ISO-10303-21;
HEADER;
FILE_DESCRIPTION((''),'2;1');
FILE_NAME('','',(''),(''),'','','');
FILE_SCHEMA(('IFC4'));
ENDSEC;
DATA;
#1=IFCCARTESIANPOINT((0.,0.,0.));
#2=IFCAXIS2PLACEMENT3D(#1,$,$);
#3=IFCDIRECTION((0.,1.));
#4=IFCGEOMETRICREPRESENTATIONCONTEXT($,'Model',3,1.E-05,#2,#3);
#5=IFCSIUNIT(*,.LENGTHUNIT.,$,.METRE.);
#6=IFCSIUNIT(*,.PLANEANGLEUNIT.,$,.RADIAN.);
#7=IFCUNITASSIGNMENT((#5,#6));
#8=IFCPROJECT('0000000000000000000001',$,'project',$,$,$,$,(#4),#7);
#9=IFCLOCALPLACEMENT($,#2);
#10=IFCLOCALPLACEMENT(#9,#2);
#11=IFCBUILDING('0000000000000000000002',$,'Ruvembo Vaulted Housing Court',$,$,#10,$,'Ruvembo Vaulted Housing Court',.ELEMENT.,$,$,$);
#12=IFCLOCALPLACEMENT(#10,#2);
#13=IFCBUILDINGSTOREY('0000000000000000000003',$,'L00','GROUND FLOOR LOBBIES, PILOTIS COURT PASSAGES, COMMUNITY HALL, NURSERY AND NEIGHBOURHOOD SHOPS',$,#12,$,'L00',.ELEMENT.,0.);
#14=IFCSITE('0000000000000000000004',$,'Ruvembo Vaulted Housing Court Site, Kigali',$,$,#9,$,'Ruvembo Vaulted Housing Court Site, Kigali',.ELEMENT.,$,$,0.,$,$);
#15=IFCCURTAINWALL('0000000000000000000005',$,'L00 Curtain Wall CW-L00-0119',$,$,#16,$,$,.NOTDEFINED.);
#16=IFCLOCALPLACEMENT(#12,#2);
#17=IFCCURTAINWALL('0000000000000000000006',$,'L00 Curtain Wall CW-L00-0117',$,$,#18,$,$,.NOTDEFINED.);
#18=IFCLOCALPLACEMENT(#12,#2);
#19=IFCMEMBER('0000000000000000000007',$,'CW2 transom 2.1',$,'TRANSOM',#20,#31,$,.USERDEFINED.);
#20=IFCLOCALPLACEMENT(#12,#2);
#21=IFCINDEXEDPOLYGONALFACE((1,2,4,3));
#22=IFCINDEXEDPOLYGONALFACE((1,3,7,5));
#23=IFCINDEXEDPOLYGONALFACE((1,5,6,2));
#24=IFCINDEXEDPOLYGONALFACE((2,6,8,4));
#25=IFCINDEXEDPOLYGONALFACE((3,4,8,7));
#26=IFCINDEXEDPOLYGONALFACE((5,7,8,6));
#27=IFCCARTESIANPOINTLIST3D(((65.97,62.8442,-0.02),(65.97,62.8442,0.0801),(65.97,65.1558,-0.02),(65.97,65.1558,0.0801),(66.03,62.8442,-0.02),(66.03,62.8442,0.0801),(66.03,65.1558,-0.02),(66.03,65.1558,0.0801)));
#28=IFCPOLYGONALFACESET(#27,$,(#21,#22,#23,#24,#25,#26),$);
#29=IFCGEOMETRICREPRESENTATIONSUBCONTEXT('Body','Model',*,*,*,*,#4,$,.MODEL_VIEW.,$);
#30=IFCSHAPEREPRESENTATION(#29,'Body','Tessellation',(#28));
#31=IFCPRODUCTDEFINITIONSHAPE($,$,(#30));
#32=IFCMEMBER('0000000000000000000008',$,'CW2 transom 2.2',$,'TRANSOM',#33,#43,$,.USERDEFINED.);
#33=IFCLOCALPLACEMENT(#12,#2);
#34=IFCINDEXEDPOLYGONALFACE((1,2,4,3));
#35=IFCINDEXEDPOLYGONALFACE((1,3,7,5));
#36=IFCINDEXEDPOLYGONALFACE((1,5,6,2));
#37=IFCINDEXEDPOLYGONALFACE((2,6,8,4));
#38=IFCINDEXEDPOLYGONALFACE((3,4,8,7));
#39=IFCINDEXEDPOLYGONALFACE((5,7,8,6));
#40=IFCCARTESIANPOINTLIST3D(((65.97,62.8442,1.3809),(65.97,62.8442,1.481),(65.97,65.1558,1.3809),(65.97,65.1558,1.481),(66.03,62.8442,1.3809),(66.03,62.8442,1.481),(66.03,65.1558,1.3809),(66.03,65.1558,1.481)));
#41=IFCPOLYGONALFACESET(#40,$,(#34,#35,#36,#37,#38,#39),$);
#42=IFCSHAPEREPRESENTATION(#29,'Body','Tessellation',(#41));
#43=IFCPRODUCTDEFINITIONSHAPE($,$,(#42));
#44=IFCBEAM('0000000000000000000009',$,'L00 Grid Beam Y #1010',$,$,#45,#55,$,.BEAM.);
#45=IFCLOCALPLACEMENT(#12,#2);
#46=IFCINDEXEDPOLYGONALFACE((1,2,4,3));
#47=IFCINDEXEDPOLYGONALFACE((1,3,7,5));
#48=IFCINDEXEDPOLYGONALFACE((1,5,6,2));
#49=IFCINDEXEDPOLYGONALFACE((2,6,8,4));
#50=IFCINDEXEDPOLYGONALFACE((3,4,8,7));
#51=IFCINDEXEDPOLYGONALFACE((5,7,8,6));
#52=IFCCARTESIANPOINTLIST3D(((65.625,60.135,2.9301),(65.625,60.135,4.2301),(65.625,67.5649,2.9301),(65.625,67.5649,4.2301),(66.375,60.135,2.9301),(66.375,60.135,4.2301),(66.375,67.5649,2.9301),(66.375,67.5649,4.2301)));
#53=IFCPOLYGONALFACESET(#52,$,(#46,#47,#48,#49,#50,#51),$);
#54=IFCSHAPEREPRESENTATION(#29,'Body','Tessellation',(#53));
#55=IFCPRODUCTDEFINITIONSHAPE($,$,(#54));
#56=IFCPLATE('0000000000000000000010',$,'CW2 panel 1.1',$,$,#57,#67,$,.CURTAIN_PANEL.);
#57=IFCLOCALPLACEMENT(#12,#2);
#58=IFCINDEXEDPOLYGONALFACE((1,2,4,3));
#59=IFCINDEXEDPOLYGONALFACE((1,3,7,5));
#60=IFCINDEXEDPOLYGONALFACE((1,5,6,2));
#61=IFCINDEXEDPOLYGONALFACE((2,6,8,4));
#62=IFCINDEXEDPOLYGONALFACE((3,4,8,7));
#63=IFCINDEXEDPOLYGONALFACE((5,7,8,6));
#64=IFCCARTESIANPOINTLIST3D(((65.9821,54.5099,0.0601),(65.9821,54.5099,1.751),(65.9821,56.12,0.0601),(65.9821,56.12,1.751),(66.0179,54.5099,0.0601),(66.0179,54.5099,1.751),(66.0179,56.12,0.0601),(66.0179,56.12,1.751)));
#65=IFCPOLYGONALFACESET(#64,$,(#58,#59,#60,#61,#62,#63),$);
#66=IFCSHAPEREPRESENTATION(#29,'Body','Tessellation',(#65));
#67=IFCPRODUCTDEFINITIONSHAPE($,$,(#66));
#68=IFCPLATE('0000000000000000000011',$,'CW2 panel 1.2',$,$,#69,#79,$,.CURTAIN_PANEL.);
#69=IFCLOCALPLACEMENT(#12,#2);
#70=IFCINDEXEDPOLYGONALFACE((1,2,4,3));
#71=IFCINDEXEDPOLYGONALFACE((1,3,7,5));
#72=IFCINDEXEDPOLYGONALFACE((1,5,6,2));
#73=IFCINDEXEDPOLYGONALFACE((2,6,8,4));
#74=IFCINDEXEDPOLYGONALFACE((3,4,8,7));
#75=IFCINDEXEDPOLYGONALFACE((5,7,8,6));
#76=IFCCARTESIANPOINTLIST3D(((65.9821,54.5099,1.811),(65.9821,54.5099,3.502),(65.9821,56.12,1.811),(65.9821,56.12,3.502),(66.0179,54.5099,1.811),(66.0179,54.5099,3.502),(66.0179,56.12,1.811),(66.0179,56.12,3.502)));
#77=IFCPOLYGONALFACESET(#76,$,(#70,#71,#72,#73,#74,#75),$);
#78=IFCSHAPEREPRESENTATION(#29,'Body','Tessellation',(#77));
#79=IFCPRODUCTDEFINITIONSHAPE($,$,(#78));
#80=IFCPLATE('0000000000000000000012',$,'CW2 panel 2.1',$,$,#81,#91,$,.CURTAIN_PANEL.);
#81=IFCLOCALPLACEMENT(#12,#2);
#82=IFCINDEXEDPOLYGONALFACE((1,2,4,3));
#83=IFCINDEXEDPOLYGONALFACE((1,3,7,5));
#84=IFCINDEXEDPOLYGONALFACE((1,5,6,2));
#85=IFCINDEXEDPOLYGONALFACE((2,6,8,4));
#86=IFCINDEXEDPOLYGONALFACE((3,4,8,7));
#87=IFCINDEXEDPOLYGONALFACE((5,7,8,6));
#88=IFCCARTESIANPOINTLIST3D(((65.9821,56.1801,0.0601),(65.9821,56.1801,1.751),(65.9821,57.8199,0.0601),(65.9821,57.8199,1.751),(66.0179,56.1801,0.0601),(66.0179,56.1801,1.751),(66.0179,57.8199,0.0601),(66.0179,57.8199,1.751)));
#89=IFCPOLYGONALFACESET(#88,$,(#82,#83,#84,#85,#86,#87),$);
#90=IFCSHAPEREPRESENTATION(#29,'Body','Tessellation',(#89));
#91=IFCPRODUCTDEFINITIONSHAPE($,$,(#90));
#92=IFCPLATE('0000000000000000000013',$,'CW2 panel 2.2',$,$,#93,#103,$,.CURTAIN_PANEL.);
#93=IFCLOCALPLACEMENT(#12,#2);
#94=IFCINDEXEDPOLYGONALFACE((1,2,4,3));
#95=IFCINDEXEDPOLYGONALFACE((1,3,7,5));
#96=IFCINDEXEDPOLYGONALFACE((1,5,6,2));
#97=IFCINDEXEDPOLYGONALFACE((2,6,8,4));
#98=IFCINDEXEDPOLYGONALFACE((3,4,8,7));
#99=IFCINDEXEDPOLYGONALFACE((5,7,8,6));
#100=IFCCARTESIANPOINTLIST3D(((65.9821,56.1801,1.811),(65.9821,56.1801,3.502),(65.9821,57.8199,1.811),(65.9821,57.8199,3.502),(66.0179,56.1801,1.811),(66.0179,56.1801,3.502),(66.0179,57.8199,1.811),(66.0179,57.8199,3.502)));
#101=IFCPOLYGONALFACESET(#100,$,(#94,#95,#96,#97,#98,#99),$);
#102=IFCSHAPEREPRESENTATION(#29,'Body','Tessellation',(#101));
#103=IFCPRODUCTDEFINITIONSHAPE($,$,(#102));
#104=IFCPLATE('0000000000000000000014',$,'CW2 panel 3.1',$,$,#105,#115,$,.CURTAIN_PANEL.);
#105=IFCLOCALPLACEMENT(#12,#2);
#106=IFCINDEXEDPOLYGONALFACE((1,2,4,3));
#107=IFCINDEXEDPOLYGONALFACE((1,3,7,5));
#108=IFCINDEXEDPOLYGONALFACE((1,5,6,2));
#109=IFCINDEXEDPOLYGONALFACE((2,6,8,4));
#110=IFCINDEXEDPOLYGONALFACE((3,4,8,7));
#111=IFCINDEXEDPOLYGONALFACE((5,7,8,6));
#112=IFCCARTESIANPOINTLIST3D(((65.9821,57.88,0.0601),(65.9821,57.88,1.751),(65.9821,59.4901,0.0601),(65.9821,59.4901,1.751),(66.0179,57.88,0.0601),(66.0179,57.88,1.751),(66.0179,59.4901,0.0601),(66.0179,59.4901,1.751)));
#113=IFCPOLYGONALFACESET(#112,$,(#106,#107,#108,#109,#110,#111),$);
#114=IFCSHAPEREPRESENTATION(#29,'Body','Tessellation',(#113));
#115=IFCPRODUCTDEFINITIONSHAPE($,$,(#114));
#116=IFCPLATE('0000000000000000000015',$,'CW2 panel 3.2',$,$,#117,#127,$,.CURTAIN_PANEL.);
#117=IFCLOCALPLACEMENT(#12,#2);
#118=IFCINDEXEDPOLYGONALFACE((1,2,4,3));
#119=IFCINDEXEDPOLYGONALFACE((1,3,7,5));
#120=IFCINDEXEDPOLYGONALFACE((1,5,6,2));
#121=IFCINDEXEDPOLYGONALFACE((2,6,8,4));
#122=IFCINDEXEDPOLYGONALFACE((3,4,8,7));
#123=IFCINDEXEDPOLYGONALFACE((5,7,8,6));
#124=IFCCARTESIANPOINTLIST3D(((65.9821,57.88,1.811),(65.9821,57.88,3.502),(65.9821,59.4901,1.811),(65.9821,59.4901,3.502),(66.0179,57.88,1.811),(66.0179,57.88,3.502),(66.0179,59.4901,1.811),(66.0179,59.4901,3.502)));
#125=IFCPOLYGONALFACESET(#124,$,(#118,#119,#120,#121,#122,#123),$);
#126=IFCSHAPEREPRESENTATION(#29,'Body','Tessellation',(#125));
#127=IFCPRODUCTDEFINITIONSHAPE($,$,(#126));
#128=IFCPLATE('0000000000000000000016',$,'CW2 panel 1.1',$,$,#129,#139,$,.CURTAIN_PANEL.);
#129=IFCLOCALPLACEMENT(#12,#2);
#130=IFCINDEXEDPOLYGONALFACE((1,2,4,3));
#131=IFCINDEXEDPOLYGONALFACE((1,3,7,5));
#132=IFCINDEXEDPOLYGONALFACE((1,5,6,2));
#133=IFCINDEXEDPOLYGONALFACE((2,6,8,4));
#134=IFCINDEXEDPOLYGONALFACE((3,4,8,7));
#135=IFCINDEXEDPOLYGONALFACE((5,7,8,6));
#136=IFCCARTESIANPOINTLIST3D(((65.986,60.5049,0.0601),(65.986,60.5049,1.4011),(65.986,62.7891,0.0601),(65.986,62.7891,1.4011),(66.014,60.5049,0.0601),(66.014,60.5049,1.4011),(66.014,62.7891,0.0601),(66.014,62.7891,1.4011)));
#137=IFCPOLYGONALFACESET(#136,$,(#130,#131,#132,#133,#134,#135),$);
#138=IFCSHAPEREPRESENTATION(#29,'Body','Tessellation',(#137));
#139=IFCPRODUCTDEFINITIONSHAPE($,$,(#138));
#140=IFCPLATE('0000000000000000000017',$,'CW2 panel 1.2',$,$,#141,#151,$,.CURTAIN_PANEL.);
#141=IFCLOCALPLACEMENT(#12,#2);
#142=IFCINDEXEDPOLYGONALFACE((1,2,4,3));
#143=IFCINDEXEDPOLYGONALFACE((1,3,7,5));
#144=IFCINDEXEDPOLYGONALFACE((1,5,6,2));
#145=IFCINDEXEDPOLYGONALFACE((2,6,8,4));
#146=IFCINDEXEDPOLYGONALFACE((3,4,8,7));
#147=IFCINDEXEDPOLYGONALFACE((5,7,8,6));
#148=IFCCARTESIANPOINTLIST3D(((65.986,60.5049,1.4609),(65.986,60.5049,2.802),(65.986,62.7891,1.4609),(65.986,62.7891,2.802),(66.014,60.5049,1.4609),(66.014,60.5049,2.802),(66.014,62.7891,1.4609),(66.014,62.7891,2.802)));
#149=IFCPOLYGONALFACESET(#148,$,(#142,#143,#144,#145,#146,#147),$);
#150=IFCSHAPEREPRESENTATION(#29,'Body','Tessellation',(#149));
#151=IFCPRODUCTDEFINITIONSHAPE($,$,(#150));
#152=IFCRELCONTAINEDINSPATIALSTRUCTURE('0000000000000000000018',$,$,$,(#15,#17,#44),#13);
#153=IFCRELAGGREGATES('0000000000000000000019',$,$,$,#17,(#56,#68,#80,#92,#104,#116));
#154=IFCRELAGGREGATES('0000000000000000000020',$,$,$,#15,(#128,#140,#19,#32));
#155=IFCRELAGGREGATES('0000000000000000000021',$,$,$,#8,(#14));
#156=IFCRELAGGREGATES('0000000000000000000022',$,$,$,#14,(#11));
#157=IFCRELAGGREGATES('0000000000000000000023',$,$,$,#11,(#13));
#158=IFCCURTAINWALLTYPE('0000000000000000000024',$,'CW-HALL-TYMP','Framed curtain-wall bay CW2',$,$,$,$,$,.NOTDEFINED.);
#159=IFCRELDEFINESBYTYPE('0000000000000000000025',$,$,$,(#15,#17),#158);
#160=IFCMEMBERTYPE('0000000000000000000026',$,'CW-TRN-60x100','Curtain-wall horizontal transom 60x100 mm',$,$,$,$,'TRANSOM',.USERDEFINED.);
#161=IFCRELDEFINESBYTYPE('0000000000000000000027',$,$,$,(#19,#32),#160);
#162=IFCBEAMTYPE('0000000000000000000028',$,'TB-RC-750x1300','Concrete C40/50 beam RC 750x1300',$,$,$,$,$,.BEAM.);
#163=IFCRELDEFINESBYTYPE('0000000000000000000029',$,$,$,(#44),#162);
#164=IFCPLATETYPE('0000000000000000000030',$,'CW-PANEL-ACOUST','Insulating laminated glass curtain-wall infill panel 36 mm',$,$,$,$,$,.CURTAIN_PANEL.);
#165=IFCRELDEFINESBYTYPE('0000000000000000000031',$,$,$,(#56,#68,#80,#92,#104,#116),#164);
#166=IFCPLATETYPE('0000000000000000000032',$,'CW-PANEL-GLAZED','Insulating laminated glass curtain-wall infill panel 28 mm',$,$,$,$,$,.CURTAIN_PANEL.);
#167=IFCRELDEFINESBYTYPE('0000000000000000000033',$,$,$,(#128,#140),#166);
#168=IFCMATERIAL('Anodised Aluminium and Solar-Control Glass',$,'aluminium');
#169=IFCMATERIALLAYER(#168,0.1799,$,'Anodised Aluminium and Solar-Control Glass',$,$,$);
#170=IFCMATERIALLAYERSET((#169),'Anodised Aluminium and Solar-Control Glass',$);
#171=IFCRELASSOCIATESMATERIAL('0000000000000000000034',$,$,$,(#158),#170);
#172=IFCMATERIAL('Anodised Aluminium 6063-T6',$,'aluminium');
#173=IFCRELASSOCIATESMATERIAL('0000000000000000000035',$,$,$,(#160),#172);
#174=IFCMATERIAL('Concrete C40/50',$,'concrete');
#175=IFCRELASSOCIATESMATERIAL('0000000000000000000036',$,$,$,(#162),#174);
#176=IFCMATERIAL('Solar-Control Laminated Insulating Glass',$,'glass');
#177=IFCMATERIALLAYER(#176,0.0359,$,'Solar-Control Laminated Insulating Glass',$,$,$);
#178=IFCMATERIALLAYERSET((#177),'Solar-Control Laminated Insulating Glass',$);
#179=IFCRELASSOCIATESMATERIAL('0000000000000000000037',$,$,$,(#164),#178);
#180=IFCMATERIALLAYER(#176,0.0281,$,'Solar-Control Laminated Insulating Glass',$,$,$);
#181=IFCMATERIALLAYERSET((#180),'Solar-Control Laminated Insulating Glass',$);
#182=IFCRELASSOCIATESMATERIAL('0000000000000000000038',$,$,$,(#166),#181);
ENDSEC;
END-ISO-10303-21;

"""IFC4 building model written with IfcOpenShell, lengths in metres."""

from ifc_helpers import new_model, si_unit, direction, frame, origin, origin_2d, place, context, subcontext, project, spatial, rectangle, extrude, material, layer, layer_set, material_profile, profile_set, type_object, element, aggregate, save


model = new_model("IFC4")

# Units and contexts
model_context = context("Model", 3, precision=1e-05, world=origin(), true_north=direction((0.0, 1.0)))
body_context = subcontext(model_context, "Body", "Model", "MODEL_VIEW")
ifc_project = project(units=[si_unit("LENGTHUNIT", "METRE"), si_unit("PLANEANGLEUNIT", "RADIAN")], contexts=[model_context])

# Site, building, storey
site_placement = place(None, origin())
site = spatial("IfcSite", under=ifc_project, at=site_placement, Name="Ruvembo Vaulted Housing Court Site, Kigali", LongName="Ruvembo Vaulted Housing Court Site, Kigali", CompositionType="ELEMENT", RefElevation=0.0)
building_placement = place(site_placement, origin())
building = spatial("IfcBuilding", under=site, at=building_placement, Name="Ruvembo Vaulted Housing Court", LongName="Ruvembo Vaulted Housing Court", CompositionType="ELEMENT")
storey_placement = place(building_placement, origin())
storey = spatial("IfcBuildingStorey", under=building, at=storey_placement, Name="L00", Description="GROUND FLOOR LOBBIES, PILOTIS COURT PASSAGES, COMMUNITY HALL, NURSERY AND NEIGHBOURHOOD SHOPS", LongName="L00", CompositionType="ELEMENT", Elevation=0.0)

# Curtain walls
ifc_material_1 = material(Name="Anodised Aluminium and Solar-Control Glass", Category="aluminium")
ifc_layer_1 = layer(ifc_material_1, 0.1799, Name="Anodised Aluminium and Solar-Control Glass")
ifc_layer_set_1 = layer_set([ifc_layer_1], Name="Anodised Aluminium and Solar-Control Glass")
curtain_wall_type = type_object("IfcCurtainWallType", Name="CW-HALL-TYMP", Description="Framed curtain-wall bay CW2", PredefinedType="NOTDEFINED", material=ifc_layer_set_1)
curtain_wall_1_placement = place(storey_placement, origin())
curtain_wall_1 = element("IfcCurtainWall", 1, at=curtain_wall_1_placement, inside=storey, type_object=curtain_wall_type, Name="L00 Curtain Wall CW-L00-0119", PredefinedType="NOTDEFINED")
ifc_material_2 = material(Name="Anodised Aluminium 6063-T6", Category="aluminium")
curtain_wall_2_placement = place(storey_placement, origin())
curtain_wall_2 = element("IfcCurtainWall", 2, at=curtain_wall_2_placement, inside=storey, type_object=curtain_wall_type, Name="L00 Curtain Wall CW-L00-0117", PredefinedType="NOTDEFINED")

# Members
ifc_material_profile_1 = material_profile(ifc_material_2, rectangle(XDim=0.0601, YDim=0.1001, at=origin_2d()), Name="ALU 60x100")
ifc_profile_set_1 = profile_set([ifc_material_profile_1], Name="Anodised Aluminium 6063-T6")
member_type_1 = type_object("IfcMemberType", Name="CW-TRN-60x100", Description="Curtain-wall horizontal transom 60x100 mm", ElementType="TRANSOM", PredefinedType="USERDEFINED", material=ifc_profile_set_1)
member_1_placement = place(storey_placement, frame((66.0, 62.8442, 0.03), z_axis=(0.0, 1.0, 0.0), x_axis=(-1.0, 0.0, 0.0)))
member_1 = element("IfcMember", 3, at=member_1_placement, type_object=member_type_1, Name="CW2 transom 2.1", ObjectType="TRANSOM", PredefinedType="USERDEFINED", context=body_context, shape_type="SweptSolid", body=[
    extrude(rectangle(XDim=0.0601, YDim=0.1001, at=origin_2d()), origin(), (0.0, 0.0, 1.0), 2.3115),
])
member_2_placement = place(storey_placement, frame((66.0, 62.8442, 1.4309), z_axis=(0.0, 1.0, 0.0), x_axis=(-1.0, 0.0, 0.0)))
member_2 = element("IfcMember", 4, at=member_2_placement, type_object=member_type_1, Name="CW2 transom 2.2", ObjectType="TRANSOM", PredefinedType="USERDEFINED", context=body_context, shape_type="SweptSolid", body=[
    extrude(rectangle(XDim=0.0601, YDim=0.1001, at=origin_2d()), origin(), (0.0, 0.0, 1.0), 2.3115),
])

# Beam
ifc_material_3 = material(Name="Concrete C40/50", Category="concrete")
ifc_material_profile_2 = material_profile(ifc_material_3, rectangle(XDim=0.75, YDim=1.3, at=origin_2d()), Name="RC 750x1300")
ifc_profile_set_2 = profile_set([ifc_material_profile_2], Name="Concrete C40/50")
beam_type_1 = type_object("IfcBeamType", Name="TB-RC-750x1300", Description="Concrete C40/50 beam RC 750x1300", PredefinedType="BEAM", material=ifc_profile_set_2)
beam_1_placement = place(storey_placement, frame((66.0, 60.135, 3.5801), z_axis=(0.0, 1.0, 0.0), x_axis=(-1.0, 0.0, 0.0)))
element("IfcBeam", 5, at=beam_1_placement, inside=storey, type_object=beam_type_1, Name="L00 Grid Beam Y #1010", PredefinedType="BEAM", context=body_context, shape_type="SweptSolid", body=[
    extrude(rectangle(XDim=0.75, YDim=1.3, at=origin_2d()), origin(), (0.0, 0.0, 1.0), 7.4299),
])

# Plates
ifc_material_4 = material(Name="Solar-Control Laminated Insulating Glass", Category="glass")
ifc_layer_2 = layer(ifc_material_4, 0.0359, Name="Solar-Control Laminated Insulating Glass")
ifc_layer_set_2 = layer_set([ifc_layer_2], Name="Solar-Control Laminated Insulating Glass")
plate_type_1 = type_object("IfcPlateType", Name="CW-PANEL-ACOUST", Description="Insulating laminated glass curtain-wall infill panel 36 mm", PredefinedType="CURTAIN_PANEL", material=ifc_layer_set_2)
plate_1_placement = place(storey_placement, frame((66.0, 55.3149, 0.0601), z_axis=(0.0, 0.0, 1.0), x_axis=(0.0, 1.0, 0.0)))
plate_1 = element("IfcPlate", 6, at=plate_1_placement, type_object=plate_type_1, Name="CW2 panel 1.1", PredefinedType="CURTAIN_PANEL", context=body_context, shape_type="SweptSolid", body=[
    extrude(rectangle(XDim=1.6101, YDim=0.0359, at=origin_2d()), origin(), (0.0, 0.0, 1.0), 1.6909),
])
plate_2_placement = place(storey_placement, frame((66.0, 55.3149, 1.811), z_axis=(0.0, 0.0, 1.0), x_axis=(0.0, 1.0, 0.0)))
plate_2 = element("IfcPlate", 7, at=plate_2_placement, type_object=plate_type_1, Name="CW2 panel 1.2", PredefinedType="CURTAIN_PANEL", context=body_context, shape_type="SweptSolid", body=[
    extrude(rectangle(XDim=1.6101, YDim=0.0359, at=origin_2d()), origin(), (0.0, 0.0, 1.0), 1.6909),
])
plate_3_placement = place(storey_placement, frame((66.0, 57.0, 0.0601), z_axis=(0.0, 0.0, 1.0), x_axis=(0.0, 1.0, 0.0)))
plate_3 = element("IfcPlate", 8, at=plate_3_placement, type_object=plate_type_1, Name="CW2 panel 2.1", PredefinedType="CURTAIN_PANEL", context=body_context, shape_type="SweptSolid", body=[
    extrude(rectangle(XDim=1.6399, YDim=0.0359, at=origin_2d()), origin(), (0.0, 0.0, 1.0), 1.6909),
])
plate_4_placement = place(storey_placement, frame((66.0, 57.0, 1.811), z_axis=(0.0, 0.0, 1.0), x_axis=(0.0, 1.0, 0.0)))
plate_4 = element("IfcPlate", 9, at=plate_4_placement, type_object=plate_type_1, Name="CW2 panel 2.2", PredefinedType="CURTAIN_PANEL", context=body_context, shape_type="SweptSolid", body=[
    extrude(rectangle(XDim=1.6399, YDim=0.0359, at=origin_2d()), origin(), (0.0, 0.0, 1.0), 1.6909),
])
plate_5_placement = place(storey_placement, frame((66.0, 58.6851, 0.0601), z_axis=(0.0, 0.0, 1.0), x_axis=(0.0, 1.0, 0.0)))
plate_5 = element("IfcPlate", 10, at=plate_5_placement, type_object=plate_type_1, Name="CW2 panel 3.1", PredefinedType="CURTAIN_PANEL", context=body_context, shape_type="SweptSolid", body=[
    extrude(rectangle(XDim=1.6101, YDim=0.0359, at=origin_2d()), origin(), (0.0, 0.0, 1.0), 1.6909),
])
plate_6_placement = place(storey_placement, frame((66.0, 58.6851, 1.811), z_axis=(0.0, 0.0, 1.0), x_axis=(0.0, 1.0, 0.0)))
plate_6 = element("IfcPlate", 11, at=plate_6_placement, type_object=plate_type_1, Name="CW2 panel 3.2", PredefinedType="CURTAIN_PANEL", context=body_context, shape_type="SweptSolid", body=[
    extrude(rectangle(XDim=1.6101, YDim=0.0359, at=origin_2d()), origin(), (0.0, 0.0, 1.0), 1.6909),
])
aggregate(curtain_wall_2, [plate_1, plate_2, plate_3, plate_4, plate_5, plate_6])
ifc_layer_3 = layer(ifc_material_4, 0.0281, Name="Solar-Control Laminated Insulating Glass")
ifc_layer_set_3 = layer_set([ifc_layer_3], Name="Solar-Control Laminated Insulating Glass")
plate_type_2 = type_object("IfcPlateType", Name="CW-PANEL-GLAZED", Description="Insulating laminated glass curtain-wall infill panel 28 mm", PredefinedType="CURTAIN_PANEL", material=ifc_layer_set_3)
plate_7_placement = place(storey_placement, frame((66.0, 61.647, 0.0601), z_axis=(0.0, 0.0, 1.0), x_axis=(0.0, 1.0, 0.0)))
plate_7 = element("IfcPlate", 12, at=plate_7_placement, type_object=plate_type_2, Name="CW2 panel 1.1", PredefinedType="CURTAIN_PANEL", context=body_context, shape_type="SweptSolid", body=[
    extrude(rectangle(XDim=2.2842, YDim=0.0281, at=origin_2d()), origin(), (0.0, 0.0, 1.0), 1.3411),
])
plate_8_placement = place(storey_placement, frame((66.0, 61.647, 1.4609), z_axis=(0.0, 0.0, 1.0), x_axis=(0.0, 1.0, 0.0)))
plate_8 = element("IfcPlate", 13, at=plate_8_placement, type_object=plate_type_2, Name="CW2 panel 1.2", PredefinedType="CURTAIN_PANEL", context=body_context, shape_type="SweptSolid", body=[
    extrude(rectangle(XDim=2.2842, YDim=0.0281, at=origin_2d()), origin(), (0.0, 0.0, 1.0), 1.3411),
])
aggregate(curtain_wall_1, [plate_7, plate_8, member_1, member_2])

save(model, "model.ifc")
